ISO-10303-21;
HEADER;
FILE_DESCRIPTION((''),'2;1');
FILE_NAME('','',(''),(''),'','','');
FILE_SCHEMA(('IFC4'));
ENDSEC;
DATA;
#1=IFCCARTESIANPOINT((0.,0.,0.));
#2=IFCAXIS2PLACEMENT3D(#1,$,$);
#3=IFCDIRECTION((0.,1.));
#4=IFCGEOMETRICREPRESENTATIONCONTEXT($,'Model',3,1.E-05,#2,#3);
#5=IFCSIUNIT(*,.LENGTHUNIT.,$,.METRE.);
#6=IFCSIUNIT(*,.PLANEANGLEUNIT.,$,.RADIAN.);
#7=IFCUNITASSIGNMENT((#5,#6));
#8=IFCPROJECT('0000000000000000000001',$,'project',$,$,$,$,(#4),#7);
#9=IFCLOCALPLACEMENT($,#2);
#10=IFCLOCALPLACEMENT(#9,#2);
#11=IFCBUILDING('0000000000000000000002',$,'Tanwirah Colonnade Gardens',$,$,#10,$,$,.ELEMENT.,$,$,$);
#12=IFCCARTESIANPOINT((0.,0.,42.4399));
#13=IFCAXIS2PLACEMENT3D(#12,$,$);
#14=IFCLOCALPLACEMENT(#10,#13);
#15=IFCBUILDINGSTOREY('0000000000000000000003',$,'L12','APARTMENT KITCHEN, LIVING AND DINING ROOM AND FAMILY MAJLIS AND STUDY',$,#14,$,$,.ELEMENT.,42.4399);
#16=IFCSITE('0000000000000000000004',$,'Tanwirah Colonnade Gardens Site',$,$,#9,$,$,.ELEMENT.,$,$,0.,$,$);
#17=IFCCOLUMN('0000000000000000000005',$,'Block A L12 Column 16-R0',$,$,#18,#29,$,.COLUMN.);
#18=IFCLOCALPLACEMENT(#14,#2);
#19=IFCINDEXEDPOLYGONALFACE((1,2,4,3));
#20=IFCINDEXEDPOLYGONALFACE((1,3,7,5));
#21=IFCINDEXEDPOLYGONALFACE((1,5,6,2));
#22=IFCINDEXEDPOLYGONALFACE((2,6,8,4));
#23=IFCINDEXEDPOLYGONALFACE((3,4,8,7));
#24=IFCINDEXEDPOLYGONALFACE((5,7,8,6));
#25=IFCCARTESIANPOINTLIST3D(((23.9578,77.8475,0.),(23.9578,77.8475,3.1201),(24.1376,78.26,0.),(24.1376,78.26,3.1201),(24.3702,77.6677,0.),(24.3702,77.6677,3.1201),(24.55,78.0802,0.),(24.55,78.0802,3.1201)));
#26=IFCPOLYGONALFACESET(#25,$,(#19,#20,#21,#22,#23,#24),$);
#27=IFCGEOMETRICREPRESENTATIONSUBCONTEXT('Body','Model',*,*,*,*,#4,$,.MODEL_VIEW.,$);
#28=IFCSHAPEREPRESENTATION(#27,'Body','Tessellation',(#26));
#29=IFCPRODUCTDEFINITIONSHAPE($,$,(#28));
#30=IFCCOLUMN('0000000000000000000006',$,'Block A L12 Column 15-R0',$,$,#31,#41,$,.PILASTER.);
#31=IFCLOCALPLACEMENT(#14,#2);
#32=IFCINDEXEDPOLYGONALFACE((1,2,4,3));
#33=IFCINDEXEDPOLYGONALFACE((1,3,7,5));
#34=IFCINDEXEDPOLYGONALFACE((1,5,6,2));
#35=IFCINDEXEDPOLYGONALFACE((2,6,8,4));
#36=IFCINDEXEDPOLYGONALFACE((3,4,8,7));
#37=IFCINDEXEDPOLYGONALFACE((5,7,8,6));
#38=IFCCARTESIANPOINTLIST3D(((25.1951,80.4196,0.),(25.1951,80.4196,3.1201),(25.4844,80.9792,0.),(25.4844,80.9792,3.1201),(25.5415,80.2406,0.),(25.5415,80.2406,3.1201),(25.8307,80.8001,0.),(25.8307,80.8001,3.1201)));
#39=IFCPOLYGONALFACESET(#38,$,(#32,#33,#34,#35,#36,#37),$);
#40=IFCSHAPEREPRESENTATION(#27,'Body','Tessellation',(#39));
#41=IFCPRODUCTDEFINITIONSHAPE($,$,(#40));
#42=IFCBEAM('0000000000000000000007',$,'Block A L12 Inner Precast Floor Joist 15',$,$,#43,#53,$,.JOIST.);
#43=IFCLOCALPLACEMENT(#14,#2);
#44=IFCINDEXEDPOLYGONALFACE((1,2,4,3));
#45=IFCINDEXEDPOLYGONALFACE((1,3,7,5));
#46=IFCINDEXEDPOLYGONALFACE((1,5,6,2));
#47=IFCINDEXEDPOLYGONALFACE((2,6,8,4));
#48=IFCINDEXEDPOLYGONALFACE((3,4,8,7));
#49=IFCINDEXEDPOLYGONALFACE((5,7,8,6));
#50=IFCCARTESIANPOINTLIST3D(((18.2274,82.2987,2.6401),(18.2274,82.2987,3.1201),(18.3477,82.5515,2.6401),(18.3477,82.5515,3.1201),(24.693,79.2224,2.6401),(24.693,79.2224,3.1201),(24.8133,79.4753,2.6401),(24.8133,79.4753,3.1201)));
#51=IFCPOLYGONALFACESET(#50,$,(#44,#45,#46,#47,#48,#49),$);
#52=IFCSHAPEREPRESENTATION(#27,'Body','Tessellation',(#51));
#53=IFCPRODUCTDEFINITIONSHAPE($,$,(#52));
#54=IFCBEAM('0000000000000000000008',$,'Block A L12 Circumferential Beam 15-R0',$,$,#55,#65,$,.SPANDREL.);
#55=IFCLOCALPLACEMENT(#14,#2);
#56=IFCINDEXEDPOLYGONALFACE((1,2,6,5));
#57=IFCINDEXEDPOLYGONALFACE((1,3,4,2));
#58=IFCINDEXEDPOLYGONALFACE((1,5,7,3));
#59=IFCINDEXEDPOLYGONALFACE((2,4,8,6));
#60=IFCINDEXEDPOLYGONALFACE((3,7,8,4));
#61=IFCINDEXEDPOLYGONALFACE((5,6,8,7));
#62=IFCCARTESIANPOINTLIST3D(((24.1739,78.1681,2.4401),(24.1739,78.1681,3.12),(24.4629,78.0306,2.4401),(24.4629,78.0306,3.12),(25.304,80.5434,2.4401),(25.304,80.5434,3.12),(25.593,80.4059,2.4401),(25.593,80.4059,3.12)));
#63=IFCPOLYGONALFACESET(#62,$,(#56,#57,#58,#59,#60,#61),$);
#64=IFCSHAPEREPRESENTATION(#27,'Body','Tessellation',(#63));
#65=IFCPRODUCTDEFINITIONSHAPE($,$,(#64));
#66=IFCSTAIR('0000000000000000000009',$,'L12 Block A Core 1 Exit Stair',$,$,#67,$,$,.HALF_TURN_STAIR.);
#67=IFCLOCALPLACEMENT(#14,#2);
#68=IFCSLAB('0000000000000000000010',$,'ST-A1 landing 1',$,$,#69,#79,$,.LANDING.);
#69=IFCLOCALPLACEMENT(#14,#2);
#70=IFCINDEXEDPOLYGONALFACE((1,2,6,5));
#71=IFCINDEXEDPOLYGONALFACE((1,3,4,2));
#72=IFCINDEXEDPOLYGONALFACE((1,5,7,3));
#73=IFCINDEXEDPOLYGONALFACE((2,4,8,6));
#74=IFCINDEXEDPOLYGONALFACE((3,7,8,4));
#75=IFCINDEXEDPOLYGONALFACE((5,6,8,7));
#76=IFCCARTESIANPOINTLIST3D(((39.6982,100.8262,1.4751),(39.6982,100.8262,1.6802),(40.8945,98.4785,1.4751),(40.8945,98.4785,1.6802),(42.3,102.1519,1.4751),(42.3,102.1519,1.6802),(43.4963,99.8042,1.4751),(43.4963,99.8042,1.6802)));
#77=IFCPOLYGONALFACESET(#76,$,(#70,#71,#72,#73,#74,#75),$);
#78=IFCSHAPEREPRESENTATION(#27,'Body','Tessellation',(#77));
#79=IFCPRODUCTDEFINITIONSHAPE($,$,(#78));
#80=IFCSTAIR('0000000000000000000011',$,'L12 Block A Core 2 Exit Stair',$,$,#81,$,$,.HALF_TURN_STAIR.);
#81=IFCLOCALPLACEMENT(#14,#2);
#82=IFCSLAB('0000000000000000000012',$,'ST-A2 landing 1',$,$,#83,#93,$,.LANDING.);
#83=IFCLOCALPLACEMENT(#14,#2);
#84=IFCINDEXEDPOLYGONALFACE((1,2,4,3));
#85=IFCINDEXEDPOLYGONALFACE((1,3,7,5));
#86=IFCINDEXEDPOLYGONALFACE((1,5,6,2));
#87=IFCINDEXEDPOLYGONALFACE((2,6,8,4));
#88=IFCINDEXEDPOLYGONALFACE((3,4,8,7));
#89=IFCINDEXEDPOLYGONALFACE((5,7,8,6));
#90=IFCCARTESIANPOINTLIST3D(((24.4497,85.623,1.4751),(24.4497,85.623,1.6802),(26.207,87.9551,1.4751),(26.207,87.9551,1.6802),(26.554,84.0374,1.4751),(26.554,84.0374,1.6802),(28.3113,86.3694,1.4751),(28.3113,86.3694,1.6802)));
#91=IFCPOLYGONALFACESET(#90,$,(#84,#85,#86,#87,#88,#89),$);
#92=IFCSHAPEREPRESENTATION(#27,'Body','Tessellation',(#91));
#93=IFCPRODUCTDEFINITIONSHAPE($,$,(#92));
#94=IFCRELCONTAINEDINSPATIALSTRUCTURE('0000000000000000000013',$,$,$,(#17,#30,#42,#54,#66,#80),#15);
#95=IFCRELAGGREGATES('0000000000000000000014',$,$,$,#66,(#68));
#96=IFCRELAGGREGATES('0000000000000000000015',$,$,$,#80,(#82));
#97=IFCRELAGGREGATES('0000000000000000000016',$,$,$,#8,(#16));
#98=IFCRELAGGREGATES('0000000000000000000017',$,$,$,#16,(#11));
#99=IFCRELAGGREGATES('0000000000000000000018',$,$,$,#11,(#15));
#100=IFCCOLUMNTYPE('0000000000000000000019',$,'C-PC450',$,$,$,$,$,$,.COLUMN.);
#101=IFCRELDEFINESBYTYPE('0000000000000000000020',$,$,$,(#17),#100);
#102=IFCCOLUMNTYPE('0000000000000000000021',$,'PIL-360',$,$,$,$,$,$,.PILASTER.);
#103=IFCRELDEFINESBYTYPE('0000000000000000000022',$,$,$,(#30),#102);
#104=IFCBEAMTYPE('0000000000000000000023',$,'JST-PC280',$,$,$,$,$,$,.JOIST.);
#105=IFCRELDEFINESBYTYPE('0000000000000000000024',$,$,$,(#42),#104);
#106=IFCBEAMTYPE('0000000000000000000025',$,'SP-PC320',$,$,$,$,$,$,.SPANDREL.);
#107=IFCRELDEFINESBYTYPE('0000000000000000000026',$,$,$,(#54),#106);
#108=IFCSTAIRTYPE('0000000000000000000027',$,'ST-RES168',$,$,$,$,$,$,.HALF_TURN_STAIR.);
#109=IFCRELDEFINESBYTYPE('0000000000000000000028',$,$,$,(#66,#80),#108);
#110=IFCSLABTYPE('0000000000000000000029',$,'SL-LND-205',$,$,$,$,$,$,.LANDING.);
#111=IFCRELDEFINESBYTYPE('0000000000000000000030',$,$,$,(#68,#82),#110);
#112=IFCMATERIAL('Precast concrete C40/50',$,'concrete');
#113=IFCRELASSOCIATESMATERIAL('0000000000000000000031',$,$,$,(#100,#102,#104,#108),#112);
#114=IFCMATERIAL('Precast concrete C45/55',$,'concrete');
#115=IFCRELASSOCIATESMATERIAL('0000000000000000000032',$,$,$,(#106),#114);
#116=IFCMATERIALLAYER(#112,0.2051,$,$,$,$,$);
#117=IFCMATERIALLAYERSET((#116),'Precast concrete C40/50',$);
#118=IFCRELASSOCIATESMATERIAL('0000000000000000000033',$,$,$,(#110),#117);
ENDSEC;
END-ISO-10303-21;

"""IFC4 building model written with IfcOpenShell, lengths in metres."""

from ifc_helpers import new_model, si_unit, direction, frame, origin, origin_2d, place, context, subcontext, project, spatial, polyline, rectangle, outline, extrude, material, layer, layer_set, material_profile, profile_set, type_object, element, aggregate, save


model = new_model("IFC4")

# Units and contexts
model_context = context("Model", 3, precision=1e-05, world=origin(), true_north=direction((0.0, 1.0)))
body_context = subcontext(model_context, "Body", "Model", "MODEL_VIEW")
ifc_project = project(units=[si_unit("LENGTHUNIT", "METRE"), si_unit("PLANEANGLEUNIT", "RADIAN")], contexts=[model_context])

# Site, building, storey
site_placement = place(None, origin())
site = spatial("IfcSite", under=ifc_project, at=site_placement, Name="Tanwirah Colonnade Gardens Site", CompositionType="ELEMENT", RefElevation=0.0)
building_placement = place(site_placement, origin())
building = spatial("IfcBuilding", under=site, at=building_placement, Name="Tanwirah Colonnade Gardens", CompositionType="ELEMENT")
storey_placement = place(building_placement, frame((0.0, 0.0, 42.4399)))
storey = spatial("IfcBuildingStorey", under=building, at=storey_placement, Name="L12", Description="APARTMENT KITCHEN, LIVING AND DINING ROOM AND FAMILY MAJLIS AND STUDY", CompositionType="ELEMENT", Elevation=42.4399)

# Columns
ifc_material_1 = material(Name="Precast concrete C40/50", Category="concrete")
ifc_material_profile_1 = material_profile(ifc_material_1, rectangle(XDim=0.45, YDim=0.45, at=origin_2d()), Name="PC-COL 450x450")
ifc_profile_set_1 = profile_set([ifc_material_profile_1], Name="Precast concrete C40/50")
column_type_1 = type_object("IfcColumnType", Name="C-PC450", PredefinedType="COLUMN", material=ifc_profile_set_1)
column_1_placement = place(storey_placement, frame((24.2539, 77.9639, 0.0), z_axis=(0.0, 0.0, 1.0), x_axis=(-0.916673, 0.399638, 0.0)))
element("IfcColumn", 1, at=column_1_placement, inside=storey, type_object=column_type_1, Name="Block A L12 Column 16-R0", PredefinedType="COLUMN", context=body_context, shape_type="SweptSolid", body=[
    extrude(rectangle(XDim=0.45, YDim=0.45, at=origin_2d()), origin(), (0.0, 0.0, 1.0), 3.1201),
])
ifc_material_profile_2 = material_profile(ifc_material_1, rectangle(XDim=0.3899, YDim=0.6299, at=origin_2d()), Name="PC-PIL 390x630")
ifc_profile_set_2 = profile_set([ifc_material_profile_2], Name="Precast concrete C40/50")
column_type_2 = type_object("IfcColumnType", Name="PIL-360", PredefinedType="PILASTER", material=ifc_profile_set_2)
column_2_placement = place(storey_placement, frame((25.5129, 80.6099, 0.0), z_axis=(0.0, 0.0, 1.0), x_axis=(-0.88835, 0.459166, 0.0)))
element("IfcColumn", 2, at=column_2_placement, inside=storey, type_object=column_type_2, Name="Block A L12 Column 15-R0", PredefinedType="PILASTER", context=body_context, shape_type="SweptSolid", body=[
    extrude(rectangle(XDim=0.3899, YDim=0.6299, at=origin_2d()), origin(), (0.0, 0.0, 1.0), 3.1201),
])

# Beams
ifc_material_profile_3 = material_profile(ifc_material_1, rectangle(XDim=0.28, YDim=0.48, at=origin_2d()), Name="PC-JST 280x480")
ifc_profile_set_3 = profile_set([ifc_material_profile_3], Name="Precast concrete C40/50")
beam_type_1 = type_object("IfcBeamType", Name="JST-PC280", PredefinedType="JOIST", material=ifc_profile_set_3)
beam_1_placement = place(storey_placement, frame((24.7532, 79.3489, 2.8801), z_axis=(-0.903005, 0.429629, 0.0), x_axis=(-0.429629, -0.903005, 0.0)))
element("IfcBeam", 3, at=beam_1_placement, inside=storey, type_object=beam_type_1, Name="Block A L12 Inner Precast Floor Joist 15", PredefinedType="JOIST", context=body_context, shape_type="SweptSolid", body=[
    extrude(rectangle(XDim=0.28, YDim=0.48, at=origin_2d()), origin(), (0.0, 0.0, 1.0), 7.1602),
])
ifc_material_2 = material(Name="Precast concrete C45/55", Category="concrete")
ifc_material_profile_4 = material_profile(ifc_material_2, rectangle(XDim=0.3201, YDim=0.6799, at=origin_2d()), Name="PC-SP 320x680")
ifc_profile_set_4 = profile_set([ifc_material_profile_4], Name="Precast concrete C45/55")
beam_type_2 = type_object("IfcBeamType", Name="SP-PC320", PredefinedType="SPANDREL", material=ifc_profile_set_4)
beam_2_placement = place(storey_placement, frame((25.4485, 80.4746, 2.78), z_axis=(-0.429642, -0.902999, 0.0), x_axis=(0.902999, -0.429642, 0.0)))
element("IfcBeam", 4, at=beam_2_placement, inside=storey, type_object=beam_type_2, Name="Block A L12 Circumferential Beam 15-R0", PredefinedType="SPANDREL", context=body_context, shape_type="SweptSolid", body=[
    extrude(rectangle(XDim=0.3201, YDim=0.6799, at=origin_2d()), origin(), (0.0, 0.0, 1.0), 2.6304),
])

# Stairs, slabs
stair_type = type_object("IfcStairType", Name="ST-RES168", PredefinedType="HALF_TURN_STAIR", material=ifc_material_1)
stair_1_placement = place(storey_placement, origin())
stair_1 = element("IfcStair", 5, at=stair_1_placement, inside=storey, type_object=stair_type, Name="L12 Block A Core 1 Exit Stair", PredefinedType="HALF_TURN_STAIR")
ifc_layer_1 = layer(ifc_material_1, 0.2051)
ifc_layer_set_1 = layer_set([ifc_layer_1], Name="Precast concrete C40/50")
slab_type_1 = type_object("IfcSlabType", Name="SL-LND-205", PredefinedType="LANDING", material=ifc_layer_set_1)
slab_1_placement = place(storey_placement, frame((0.0, 0.0, 1.4751)))
slab_1 = element("IfcSlab", 6, at=slab_1_placement, type_object=slab_type_1, Name="ST-A1 landing 1", PredefinedType="LANDING", context=body_context, shape_type="SweptSolid", body=[
    extrude(outline(polyline([(39.6982, 100.8262), (40.8945, 98.4785), (43.4963, 99.8042), (42.3, 102.1519), (39.6982, 100.8262)])), origin(), (0.0, 0.0, 1.0), 0.2051),
])
aggregate(stair_1, [slab_1])
stair_2_placement = place(storey_placement, origin())
stair_2 = element("IfcStair", 7, at=stair_2_placement, inside=storey, type_object=stair_type, Name="L12 Block A Core 2 Exit Stair", PredefinedType="HALF_TURN_STAIR")
slab_2_placement = place(storey_placement, frame((0.0, 0.0, 1.4751)))
slab_2 = element("IfcSlab", 8, at=slab_2_placement, type_object=slab_type_1, Name="ST-A2 landing 1", PredefinedType="LANDING", context=body_context, shape_type="SweptSolid", body=[
    extrude(outline(polyline([(24.4497, 85.623), (26.554, 84.0374), (28.3113, 86.3694), (26.207, 87.9551), (24.4497, 85.623)])), origin(), (0.0, 0.0, 1.0), 0.2051),
])
aggregate(stair_2, [slab_2])

save(model, "model.ifc")
